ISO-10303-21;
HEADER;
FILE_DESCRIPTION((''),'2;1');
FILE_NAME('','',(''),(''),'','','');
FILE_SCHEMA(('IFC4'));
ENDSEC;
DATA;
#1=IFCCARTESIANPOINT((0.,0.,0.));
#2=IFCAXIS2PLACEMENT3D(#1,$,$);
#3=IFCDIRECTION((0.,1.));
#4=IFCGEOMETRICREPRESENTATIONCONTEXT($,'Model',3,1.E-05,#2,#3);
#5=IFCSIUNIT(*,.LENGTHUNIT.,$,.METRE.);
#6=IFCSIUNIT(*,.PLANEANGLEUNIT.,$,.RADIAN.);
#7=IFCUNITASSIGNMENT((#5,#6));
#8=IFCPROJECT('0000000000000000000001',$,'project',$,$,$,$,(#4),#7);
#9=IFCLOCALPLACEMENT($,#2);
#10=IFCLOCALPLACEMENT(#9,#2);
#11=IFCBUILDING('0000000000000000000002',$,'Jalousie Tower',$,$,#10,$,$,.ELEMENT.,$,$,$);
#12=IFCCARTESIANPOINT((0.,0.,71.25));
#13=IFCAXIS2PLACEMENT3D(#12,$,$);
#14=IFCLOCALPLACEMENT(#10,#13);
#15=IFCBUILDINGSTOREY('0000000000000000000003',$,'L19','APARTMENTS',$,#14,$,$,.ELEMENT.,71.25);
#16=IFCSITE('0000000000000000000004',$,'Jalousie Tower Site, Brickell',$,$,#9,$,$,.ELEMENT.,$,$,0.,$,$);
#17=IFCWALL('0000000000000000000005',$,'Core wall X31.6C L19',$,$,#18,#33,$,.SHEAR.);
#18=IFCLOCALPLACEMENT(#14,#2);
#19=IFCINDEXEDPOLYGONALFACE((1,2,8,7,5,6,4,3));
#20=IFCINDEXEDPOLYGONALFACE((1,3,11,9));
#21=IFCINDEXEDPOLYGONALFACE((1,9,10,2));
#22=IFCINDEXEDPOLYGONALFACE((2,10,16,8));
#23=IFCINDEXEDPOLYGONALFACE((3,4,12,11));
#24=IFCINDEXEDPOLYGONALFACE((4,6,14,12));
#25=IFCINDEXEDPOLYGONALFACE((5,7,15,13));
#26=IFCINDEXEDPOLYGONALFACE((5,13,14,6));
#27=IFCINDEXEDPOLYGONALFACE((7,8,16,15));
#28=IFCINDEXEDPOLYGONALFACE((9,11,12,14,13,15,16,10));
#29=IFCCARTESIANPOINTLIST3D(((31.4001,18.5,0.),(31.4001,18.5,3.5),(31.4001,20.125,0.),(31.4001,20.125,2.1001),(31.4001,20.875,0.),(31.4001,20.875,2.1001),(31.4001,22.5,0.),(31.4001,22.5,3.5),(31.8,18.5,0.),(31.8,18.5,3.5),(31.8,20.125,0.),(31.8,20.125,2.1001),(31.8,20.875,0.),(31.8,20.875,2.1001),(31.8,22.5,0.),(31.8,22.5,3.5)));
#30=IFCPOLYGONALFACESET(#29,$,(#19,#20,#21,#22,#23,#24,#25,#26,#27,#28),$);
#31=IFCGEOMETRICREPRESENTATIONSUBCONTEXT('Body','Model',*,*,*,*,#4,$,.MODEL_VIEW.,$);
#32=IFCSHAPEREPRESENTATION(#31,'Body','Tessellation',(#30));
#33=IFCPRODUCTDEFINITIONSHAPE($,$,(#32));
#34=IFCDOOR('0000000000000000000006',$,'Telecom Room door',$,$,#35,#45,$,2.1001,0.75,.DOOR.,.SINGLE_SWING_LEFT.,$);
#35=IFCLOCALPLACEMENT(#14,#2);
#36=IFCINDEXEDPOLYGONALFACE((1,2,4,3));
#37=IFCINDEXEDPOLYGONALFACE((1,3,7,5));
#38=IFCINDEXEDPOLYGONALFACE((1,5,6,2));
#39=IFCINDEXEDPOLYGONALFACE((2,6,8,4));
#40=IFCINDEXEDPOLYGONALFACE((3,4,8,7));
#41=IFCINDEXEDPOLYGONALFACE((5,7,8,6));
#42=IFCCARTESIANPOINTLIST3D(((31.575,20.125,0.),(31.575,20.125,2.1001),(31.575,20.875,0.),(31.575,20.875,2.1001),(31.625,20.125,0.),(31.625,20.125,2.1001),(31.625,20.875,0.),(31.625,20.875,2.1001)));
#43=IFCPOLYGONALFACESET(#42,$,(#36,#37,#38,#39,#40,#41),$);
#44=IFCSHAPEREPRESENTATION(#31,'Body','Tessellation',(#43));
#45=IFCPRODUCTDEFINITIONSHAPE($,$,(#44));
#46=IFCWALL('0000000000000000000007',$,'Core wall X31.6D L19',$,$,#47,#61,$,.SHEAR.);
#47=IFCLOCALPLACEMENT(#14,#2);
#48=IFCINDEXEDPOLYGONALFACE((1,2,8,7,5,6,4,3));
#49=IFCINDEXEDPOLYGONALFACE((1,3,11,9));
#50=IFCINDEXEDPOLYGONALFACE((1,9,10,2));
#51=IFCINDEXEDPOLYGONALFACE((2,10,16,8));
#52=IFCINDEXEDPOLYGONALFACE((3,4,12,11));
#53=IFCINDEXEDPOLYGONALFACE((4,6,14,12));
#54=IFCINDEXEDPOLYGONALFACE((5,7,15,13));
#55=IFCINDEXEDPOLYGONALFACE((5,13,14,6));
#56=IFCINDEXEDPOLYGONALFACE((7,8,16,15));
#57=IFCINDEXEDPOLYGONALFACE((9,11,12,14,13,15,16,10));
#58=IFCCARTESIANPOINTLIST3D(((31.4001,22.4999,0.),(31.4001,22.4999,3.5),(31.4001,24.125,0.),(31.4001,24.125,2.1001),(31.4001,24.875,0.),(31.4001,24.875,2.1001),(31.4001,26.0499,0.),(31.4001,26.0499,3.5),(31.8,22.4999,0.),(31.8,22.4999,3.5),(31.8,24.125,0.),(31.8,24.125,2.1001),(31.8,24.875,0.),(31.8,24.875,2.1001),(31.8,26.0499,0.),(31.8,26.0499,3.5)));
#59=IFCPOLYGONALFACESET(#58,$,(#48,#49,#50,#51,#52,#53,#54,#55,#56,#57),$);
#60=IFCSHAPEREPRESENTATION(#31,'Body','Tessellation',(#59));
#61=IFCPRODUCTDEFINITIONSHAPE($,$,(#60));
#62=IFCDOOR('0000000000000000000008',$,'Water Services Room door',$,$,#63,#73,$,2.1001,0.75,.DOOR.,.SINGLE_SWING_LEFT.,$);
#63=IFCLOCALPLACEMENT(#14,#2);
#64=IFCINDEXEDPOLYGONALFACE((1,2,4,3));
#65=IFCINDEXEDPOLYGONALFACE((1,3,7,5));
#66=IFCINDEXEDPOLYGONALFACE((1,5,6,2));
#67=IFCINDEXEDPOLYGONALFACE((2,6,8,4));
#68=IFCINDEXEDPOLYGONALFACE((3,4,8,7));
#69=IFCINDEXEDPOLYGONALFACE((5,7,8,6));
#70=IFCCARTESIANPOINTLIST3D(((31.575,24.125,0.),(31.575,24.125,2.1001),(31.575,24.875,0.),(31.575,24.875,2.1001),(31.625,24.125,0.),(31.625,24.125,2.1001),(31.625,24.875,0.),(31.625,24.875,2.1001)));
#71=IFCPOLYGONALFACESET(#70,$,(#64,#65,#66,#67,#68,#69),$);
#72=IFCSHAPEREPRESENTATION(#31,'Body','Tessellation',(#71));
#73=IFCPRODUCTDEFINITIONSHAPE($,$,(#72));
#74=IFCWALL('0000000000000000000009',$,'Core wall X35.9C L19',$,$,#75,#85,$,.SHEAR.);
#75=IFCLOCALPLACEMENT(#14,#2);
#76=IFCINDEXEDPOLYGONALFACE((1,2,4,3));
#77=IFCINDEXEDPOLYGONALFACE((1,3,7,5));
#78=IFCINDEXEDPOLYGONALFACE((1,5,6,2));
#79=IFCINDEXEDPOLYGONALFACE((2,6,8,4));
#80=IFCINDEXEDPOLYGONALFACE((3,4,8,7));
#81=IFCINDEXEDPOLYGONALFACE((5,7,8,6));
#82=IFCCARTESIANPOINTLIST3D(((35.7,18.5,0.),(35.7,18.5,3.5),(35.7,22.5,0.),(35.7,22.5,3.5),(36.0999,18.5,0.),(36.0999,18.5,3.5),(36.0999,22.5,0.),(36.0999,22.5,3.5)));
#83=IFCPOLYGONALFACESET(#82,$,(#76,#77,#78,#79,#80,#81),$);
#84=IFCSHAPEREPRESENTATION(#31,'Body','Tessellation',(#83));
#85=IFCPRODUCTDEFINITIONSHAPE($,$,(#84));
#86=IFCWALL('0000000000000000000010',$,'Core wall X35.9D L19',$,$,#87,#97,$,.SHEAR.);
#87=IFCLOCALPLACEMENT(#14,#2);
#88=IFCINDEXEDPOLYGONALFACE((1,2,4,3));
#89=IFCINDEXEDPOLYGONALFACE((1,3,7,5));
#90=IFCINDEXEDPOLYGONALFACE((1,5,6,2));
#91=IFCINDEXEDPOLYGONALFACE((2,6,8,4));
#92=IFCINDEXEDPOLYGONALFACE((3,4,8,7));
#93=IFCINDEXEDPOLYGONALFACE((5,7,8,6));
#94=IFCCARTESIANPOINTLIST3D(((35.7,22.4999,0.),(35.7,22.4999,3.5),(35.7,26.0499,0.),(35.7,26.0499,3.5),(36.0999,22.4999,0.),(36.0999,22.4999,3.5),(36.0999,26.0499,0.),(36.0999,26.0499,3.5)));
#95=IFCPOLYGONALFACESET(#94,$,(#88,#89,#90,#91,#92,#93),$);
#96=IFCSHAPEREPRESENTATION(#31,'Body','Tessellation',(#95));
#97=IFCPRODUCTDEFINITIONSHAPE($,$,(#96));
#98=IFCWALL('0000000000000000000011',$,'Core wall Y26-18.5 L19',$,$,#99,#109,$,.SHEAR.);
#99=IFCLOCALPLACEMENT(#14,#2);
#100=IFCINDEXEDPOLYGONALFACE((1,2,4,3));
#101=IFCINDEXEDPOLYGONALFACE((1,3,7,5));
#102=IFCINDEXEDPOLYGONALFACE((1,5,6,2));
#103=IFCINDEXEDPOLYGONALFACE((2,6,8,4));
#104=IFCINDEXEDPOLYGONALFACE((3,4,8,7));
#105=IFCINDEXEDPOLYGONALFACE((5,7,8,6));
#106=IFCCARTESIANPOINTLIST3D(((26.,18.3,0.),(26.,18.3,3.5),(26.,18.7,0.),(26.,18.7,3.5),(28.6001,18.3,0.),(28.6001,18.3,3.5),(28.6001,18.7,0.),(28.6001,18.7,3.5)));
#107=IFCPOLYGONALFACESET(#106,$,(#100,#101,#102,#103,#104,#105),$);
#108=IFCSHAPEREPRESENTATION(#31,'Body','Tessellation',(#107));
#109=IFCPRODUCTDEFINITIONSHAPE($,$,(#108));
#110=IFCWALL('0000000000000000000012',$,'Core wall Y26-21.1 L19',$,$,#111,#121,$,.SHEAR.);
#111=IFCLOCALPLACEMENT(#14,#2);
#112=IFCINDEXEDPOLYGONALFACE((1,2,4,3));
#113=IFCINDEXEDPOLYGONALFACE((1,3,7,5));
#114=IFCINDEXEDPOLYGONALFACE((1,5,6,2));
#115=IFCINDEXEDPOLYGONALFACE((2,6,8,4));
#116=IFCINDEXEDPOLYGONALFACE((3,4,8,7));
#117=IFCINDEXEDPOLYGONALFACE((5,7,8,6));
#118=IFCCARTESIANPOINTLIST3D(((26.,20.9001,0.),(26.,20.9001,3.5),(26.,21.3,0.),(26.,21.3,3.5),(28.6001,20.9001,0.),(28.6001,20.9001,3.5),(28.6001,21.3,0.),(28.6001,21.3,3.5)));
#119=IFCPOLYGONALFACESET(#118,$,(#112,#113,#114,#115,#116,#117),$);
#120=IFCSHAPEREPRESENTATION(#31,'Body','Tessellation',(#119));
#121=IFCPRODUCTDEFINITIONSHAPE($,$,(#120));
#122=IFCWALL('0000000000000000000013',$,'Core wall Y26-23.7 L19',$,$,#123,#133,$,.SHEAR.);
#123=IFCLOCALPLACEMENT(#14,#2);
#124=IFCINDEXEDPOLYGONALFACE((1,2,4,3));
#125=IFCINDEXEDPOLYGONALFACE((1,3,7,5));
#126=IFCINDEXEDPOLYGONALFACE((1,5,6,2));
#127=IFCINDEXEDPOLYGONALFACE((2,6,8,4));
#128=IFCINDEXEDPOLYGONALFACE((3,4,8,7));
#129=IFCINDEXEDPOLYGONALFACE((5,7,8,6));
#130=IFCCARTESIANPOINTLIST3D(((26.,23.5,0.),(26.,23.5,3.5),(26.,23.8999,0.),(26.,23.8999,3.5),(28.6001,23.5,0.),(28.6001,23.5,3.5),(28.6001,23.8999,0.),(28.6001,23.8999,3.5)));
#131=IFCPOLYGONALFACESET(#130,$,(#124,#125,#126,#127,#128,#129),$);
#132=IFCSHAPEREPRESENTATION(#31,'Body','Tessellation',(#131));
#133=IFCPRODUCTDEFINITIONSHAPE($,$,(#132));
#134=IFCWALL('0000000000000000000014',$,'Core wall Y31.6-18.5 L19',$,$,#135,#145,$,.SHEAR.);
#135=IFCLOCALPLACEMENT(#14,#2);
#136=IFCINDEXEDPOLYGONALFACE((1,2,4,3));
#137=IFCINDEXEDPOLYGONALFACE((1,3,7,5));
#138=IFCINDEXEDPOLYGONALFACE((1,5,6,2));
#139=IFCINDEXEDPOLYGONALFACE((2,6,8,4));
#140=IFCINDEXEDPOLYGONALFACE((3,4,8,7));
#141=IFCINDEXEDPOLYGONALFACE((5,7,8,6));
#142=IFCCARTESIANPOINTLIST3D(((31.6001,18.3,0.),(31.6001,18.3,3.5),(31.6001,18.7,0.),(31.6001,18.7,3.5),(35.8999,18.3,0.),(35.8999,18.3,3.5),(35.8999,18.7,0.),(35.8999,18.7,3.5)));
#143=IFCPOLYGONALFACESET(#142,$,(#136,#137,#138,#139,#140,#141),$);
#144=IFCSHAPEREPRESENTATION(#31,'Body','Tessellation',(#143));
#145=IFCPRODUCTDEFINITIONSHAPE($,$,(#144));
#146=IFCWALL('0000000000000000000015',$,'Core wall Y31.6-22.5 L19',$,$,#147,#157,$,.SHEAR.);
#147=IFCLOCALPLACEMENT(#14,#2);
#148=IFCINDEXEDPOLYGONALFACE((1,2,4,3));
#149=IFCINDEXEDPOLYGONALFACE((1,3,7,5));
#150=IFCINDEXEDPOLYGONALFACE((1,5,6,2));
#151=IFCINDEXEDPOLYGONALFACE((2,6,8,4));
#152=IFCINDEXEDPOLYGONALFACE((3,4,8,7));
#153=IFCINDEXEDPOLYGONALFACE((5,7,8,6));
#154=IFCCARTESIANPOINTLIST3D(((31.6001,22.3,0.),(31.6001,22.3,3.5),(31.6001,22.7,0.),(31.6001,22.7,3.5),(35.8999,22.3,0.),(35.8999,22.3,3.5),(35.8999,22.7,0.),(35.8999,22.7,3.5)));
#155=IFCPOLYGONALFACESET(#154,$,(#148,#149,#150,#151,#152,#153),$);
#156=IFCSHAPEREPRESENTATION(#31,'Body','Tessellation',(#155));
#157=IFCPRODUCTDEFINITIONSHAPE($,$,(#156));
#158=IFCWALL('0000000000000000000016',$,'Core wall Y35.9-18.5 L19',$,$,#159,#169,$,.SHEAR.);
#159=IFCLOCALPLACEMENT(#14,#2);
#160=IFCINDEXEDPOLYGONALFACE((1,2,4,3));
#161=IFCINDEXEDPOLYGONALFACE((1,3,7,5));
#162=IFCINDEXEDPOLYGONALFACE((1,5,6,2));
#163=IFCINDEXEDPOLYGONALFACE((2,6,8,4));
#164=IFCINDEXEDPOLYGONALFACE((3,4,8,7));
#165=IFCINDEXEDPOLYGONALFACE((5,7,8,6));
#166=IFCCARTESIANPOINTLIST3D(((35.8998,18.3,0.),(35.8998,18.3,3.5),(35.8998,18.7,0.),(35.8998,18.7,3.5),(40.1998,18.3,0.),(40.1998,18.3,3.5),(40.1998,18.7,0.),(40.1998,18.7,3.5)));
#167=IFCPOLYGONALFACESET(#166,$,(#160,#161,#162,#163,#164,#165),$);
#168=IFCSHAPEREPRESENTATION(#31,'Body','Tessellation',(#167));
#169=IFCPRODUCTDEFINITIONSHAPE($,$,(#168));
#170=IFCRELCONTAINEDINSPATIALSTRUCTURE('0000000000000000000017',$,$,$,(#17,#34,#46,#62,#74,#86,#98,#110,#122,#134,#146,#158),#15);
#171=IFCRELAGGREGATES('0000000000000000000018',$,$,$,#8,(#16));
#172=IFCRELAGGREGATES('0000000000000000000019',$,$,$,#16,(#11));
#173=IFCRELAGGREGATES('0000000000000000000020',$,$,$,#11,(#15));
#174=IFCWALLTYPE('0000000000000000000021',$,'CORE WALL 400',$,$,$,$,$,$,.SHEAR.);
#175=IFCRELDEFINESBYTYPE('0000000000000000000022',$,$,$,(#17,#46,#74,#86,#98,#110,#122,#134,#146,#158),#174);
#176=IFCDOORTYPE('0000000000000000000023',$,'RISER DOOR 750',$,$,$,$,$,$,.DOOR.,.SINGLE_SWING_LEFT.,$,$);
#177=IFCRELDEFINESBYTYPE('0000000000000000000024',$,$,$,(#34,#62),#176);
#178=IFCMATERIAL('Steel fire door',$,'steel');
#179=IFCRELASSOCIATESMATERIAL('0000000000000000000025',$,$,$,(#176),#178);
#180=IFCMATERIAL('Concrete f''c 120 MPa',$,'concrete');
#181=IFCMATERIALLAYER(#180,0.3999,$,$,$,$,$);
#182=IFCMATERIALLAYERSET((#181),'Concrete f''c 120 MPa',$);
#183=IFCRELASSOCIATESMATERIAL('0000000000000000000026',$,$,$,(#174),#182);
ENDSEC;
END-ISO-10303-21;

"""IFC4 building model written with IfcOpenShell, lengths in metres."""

from ifc_helpers import new_model, si_unit, direction, frame, frame_2d, origin, place, context, subcontext, project, spatial, rectangle, extrude, material, layer, layer_set, type_object, element, fill, save


model = new_model("IFC4")

# Units and contexts
model_context = context("Model", 3, precision=1e-05, world=origin(), true_north=direction((0.0, 1.0)))
body_context = subcontext(model_context, "Body", "Model", "MODEL_VIEW")
ifc_project = project(units=[si_unit("LENGTHUNIT", "METRE"), si_unit("PLANEANGLEUNIT", "RADIAN")], contexts=[model_context])

# Site, building, storey
site_placement = place(None, origin())
site = spatial("IfcSite", under=ifc_project, at=site_placement, Name="Jalousie Tower Site, Brickell", CompositionType="ELEMENT", RefElevation=0.0)
building_placement = place(site_placement, origin())
building = spatial("IfcBuilding", under=site, at=building_placement, Name="Jalousie Tower", CompositionType="ELEMENT")
storey_placement = place(building_placement, frame((0.0, 0.0, 71.25)))
storey = spatial("IfcBuildingStorey", under=building, at=storey_placement, Name="L19", Description="APARTMENTS", CompositionType="ELEMENT", Elevation=71.25)

# Shared definitions
ifc_material_1 = material(Name="Steel fire door", Category="steel")
door_type_1 = type_object("IfcDoorType", Name="RISER DOOR 750", OperationType="SINGLE_SWING_LEFT", PredefinedType="DOOR", material=ifc_material_1)

# Shared definitions
ifc_material_2 = material(Name="Concrete f'c 120 MPa", Category="concrete")
ifc_layer_1 = layer(ifc_material_2, 0.3999)
ifc_layer_set_1 = layer_set([ifc_layer_1], Name="Concrete f'c 120 MPa")
wall_type_1 = type_object("IfcWallType", Name="CORE WALL 400", PredefinedType="SHEAR", material=ifc_layer_set_1)

# Walls, openings, doors
wall_1_placement = place(storey_placement, frame((31.6001, 18.5, 0.0), z_axis=(0.0, 0.0, 1.0), x_axis=(0.0, 1.0, 0.0)))
wall_1 = element("IfcWall", 1, at=wall_1_placement, inside=storey, type_object=wall_type_1, Name="Core wall X31.6C L19", PredefinedType="SHEAR", context=body_context, shape_type="SweptSolid", body=[
    extrude(rectangle(XDim=4.0, YDim=0.3999, at=frame_2d((2.0, 0.0))), origin(), (0.0, 0.0, 1.0), 3.5),
])
opening_1_placement = place(wall_1_placement, frame((1.625, 0.0, 0.0)))
opening_1 = element("IfcOpeningElement", 2, at=opening_1_placement, cuts=wall_1, PredefinedType="OPENING", context=body_context, shape_type="SweptSolid", body=[
    extrude(rectangle(XDim=0.75, YDim=2.1001, at=frame_2d((0.375, 1.05))), frame((0.0, 0.21, 0.0), z_axis=(0.0, -1.0, 0.0), x_axis=(1.0, 0.0, 0.0)), (0.0, 0.0, 1.0), 0.4199),
])
door_1_placement = place(opening_1_placement, frame((0.75, 0.0, 0.0), z_axis=(0.0, 0.0, 1.0), x_axis=(-1.0, 0.0, 0.0)))
door_1 = element("IfcDoor", 3, at=door_1_placement, inside=storey, type_object=door_type_1, Name="Telecom Room door", OperationType="SINGLE_SWING_LEFT", OverallHeight=2.1001, OverallWidth=0.75, PredefinedType="DOOR", context=body_context, shape_type="SweptSolid", body=[
    extrude(rectangle(XDim=0.75, YDim=2.1001, at=frame_2d((0.375, 1.05))), frame((0.0, 0.0249, 0.0), z_axis=(0.0, -1.0, 0.0), x_axis=(1.0, 0.0, 0.0)), (0.0, 0.0, 1.0), 0.05),
])
fill(opening_1, door_1)
wall_2_placement = place(storey_placement, frame((31.6001, 22.5, 0.0), z_axis=(0.0, 0.0, 1.0), x_axis=(0.0, 1.0, 0.0)))
wall_2 = element("IfcWall", 4, at=wall_2_placement, inside=storey, type_object=wall_type_1, Name="Core wall X31.6D L19", PredefinedType="SHEAR", context=body_context, shape_type="SweptSolid", body=[
    extrude(rectangle(XDim=3.55, YDim=0.3999, at=frame_2d((1.7749, 0.0))), origin(), (0.0, 0.0, 1.0), 3.5),
])
opening_2_placement = place(wall_2_placement, frame((1.625, 0.0, 0.0)))
opening_2 = element("IfcOpeningElement", 5, at=opening_2_placement, cuts=wall_2, PredefinedType="OPENING", context=body_context, shape_type="SweptSolid", body=[
    extrude(rectangle(XDim=0.75, YDim=2.1001, at=frame_2d((0.375, 1.05))), frame((0.0, 0.21, 0.0), z_axis=(0.0, -1.0, 0.0), x_axis=(1.0, 0.0, 0.0)), (0.0, 0.0, 1.0), 0.4199),
])
door_2_placement = place(opening_2_placement, frame((0.75, 0.0, 0.0), z_axis=(0.0, 0.0, 1.0), x_axis=(-1.0, 0.0, 0.0)))
door_2 = element("IfcDoor", 6, at=door_2_placement, inside=storey, type_object=door_type_1, Name="Water Services Room door", OperationType="SINGLE_SWING_LEFT", OverallHeight=2.1001, OverallWidth=0.75, PredefinedType="DOOR", context=body_context, shape_type="SweptSolid", body=[
    extrude(rectangle(XDim=0.75, YDim=2.1001, at=frame_2d((0.375, 1.05))), frame((0.0, 0.0249, 0.0), z_axis=(0.0, -1.0, 0.0), x_axis=(1.0, 0.0, 0.0)), (0.0, 0.0, 1.0), 0.05),
])
fill(opening_2, door_2)

# Walls
wall_3_placement = place(storey_placement, frame((35.8999, 18.5, 0.0), z_axis=(0.0, 0.0, 1.0), x_axis=(0.0, 1.0, 0.0)))
element("IfcWall", 7, at=wall_3_placement, inside=storey, type_object=wall_type_1, Name="Core wall X35.9C L19", PredefinedType="SHEAR", context=body_context, shape_type="SweptSolid", body=[
    extrude(rectangle(XDim=4.0, YDim=0.3999, at=frame_2d((2.0, 0.0))), origin(), (0.0, 0.0, 1.0), 3.5),
])
wall_4_placement = place(storey_placement, frame((35.8999, 22.5, 0.0), z_axis=(0.0, 0.0, 1.0), x_axis=(0.0, 1.0, 0.0)))
element("IfcWall", 8, at=wall_4_placement, inside=storey, type_object=wall_type_1, Name="Core wall X35.9D L19", PredefinedType="SHEAR", context=body_context, shape_type="SweptSolid", body=[
    extrude(rectangle(XDim=3.55, YDim=0.3999, at=frame_2d((1.7749, 0.0))), origin(), (0.0, 0.0, 1.0), 3.5),
])
for number, where, z_axis, x_axis, name in (
    (9, (26.0, 18.5, 0.0), (0.0, 0.0, 1.0), (1.0, 0.0, 0.0), "Core wall Y26-18.5 L19"),
    (10, (26.0, 21.1001, 0.0), (0.0, 0.0, 1.0), (1.0, 0.0, 0.0), "Core wall Y26-21.1 L19"),
    (11, (26.0, 23.7, 0.0), (0.0, 0.0, 1.0), (1.0, 0.0, 0.0), "Core wall Y26-23.7 L19"),
):
    element("IfcWall", number, at=place(storey_placement, frame(where, z_axis=z_axis, x_axis=x_axis)), inside=storey, type_object=wall_type_1, Name=name, PredefinedType="SHEAR", context=body_context, shape_type="SweptSolid", body=[
        extrude(rectangle(XDim=2.6001, YDim=0.3999, at=frame_2d((1.3, 0.0))), origin(), (0.0, 0.0, 1.0), 3.5),
    ])
for number, where, z_axis, x_axis, name in (
    (12, (31.6001, 18.5, 0.0), (0.0, 0.0, 1.0), (1.0, 0.0, 0.0), "Core wall Y31.6-18.5 L19"),
    (13, (31.6001, 22.5, 0.0), (0.0, 0.0, 1.0), (1.0, 0.0, 0.0), "Core wall Y31.6-22.5 L19"),
):
    element("IfcWall", number, at=place(storey_placement, frame(where, z_axis=z_axis, x_axis=x_axis)), inside=storey, type_object=wall_type_1, Name=name, PredefinedType="SHEAR", context=body_context, shape_type="SweptSolid", body=[
        extrude(rectangle(XDim=4.2998, YDim=0.3999, at=frame_2d((2.1499, 0.0))), origin(), (0.0, 0.0, 1.0), 3.5),
    ])
wall_5_placement = place(storey_placement, frame((35.8999, 18.5, 0.0), z_axis=(0.0, 0.0, 1.0), x_axis=(1.0, 0.0, 0.0)))
element("IfcWall", 14, at=wall_5_placement, inside=storey, type_object=wall_type_1, Name="Core wall Y35.9-18.5 L19", PredefinedType="SHEAR", context=body_context, shape_type="SweptSolid", body=[
    extrude(rectangle(XDim=4.3, YDim=0.3999, at=frame_2d((2.1499, 0.0))), origin(), (0.0, 0.0, 1.0), 3.5),
])

save(model, "model.ifc")
